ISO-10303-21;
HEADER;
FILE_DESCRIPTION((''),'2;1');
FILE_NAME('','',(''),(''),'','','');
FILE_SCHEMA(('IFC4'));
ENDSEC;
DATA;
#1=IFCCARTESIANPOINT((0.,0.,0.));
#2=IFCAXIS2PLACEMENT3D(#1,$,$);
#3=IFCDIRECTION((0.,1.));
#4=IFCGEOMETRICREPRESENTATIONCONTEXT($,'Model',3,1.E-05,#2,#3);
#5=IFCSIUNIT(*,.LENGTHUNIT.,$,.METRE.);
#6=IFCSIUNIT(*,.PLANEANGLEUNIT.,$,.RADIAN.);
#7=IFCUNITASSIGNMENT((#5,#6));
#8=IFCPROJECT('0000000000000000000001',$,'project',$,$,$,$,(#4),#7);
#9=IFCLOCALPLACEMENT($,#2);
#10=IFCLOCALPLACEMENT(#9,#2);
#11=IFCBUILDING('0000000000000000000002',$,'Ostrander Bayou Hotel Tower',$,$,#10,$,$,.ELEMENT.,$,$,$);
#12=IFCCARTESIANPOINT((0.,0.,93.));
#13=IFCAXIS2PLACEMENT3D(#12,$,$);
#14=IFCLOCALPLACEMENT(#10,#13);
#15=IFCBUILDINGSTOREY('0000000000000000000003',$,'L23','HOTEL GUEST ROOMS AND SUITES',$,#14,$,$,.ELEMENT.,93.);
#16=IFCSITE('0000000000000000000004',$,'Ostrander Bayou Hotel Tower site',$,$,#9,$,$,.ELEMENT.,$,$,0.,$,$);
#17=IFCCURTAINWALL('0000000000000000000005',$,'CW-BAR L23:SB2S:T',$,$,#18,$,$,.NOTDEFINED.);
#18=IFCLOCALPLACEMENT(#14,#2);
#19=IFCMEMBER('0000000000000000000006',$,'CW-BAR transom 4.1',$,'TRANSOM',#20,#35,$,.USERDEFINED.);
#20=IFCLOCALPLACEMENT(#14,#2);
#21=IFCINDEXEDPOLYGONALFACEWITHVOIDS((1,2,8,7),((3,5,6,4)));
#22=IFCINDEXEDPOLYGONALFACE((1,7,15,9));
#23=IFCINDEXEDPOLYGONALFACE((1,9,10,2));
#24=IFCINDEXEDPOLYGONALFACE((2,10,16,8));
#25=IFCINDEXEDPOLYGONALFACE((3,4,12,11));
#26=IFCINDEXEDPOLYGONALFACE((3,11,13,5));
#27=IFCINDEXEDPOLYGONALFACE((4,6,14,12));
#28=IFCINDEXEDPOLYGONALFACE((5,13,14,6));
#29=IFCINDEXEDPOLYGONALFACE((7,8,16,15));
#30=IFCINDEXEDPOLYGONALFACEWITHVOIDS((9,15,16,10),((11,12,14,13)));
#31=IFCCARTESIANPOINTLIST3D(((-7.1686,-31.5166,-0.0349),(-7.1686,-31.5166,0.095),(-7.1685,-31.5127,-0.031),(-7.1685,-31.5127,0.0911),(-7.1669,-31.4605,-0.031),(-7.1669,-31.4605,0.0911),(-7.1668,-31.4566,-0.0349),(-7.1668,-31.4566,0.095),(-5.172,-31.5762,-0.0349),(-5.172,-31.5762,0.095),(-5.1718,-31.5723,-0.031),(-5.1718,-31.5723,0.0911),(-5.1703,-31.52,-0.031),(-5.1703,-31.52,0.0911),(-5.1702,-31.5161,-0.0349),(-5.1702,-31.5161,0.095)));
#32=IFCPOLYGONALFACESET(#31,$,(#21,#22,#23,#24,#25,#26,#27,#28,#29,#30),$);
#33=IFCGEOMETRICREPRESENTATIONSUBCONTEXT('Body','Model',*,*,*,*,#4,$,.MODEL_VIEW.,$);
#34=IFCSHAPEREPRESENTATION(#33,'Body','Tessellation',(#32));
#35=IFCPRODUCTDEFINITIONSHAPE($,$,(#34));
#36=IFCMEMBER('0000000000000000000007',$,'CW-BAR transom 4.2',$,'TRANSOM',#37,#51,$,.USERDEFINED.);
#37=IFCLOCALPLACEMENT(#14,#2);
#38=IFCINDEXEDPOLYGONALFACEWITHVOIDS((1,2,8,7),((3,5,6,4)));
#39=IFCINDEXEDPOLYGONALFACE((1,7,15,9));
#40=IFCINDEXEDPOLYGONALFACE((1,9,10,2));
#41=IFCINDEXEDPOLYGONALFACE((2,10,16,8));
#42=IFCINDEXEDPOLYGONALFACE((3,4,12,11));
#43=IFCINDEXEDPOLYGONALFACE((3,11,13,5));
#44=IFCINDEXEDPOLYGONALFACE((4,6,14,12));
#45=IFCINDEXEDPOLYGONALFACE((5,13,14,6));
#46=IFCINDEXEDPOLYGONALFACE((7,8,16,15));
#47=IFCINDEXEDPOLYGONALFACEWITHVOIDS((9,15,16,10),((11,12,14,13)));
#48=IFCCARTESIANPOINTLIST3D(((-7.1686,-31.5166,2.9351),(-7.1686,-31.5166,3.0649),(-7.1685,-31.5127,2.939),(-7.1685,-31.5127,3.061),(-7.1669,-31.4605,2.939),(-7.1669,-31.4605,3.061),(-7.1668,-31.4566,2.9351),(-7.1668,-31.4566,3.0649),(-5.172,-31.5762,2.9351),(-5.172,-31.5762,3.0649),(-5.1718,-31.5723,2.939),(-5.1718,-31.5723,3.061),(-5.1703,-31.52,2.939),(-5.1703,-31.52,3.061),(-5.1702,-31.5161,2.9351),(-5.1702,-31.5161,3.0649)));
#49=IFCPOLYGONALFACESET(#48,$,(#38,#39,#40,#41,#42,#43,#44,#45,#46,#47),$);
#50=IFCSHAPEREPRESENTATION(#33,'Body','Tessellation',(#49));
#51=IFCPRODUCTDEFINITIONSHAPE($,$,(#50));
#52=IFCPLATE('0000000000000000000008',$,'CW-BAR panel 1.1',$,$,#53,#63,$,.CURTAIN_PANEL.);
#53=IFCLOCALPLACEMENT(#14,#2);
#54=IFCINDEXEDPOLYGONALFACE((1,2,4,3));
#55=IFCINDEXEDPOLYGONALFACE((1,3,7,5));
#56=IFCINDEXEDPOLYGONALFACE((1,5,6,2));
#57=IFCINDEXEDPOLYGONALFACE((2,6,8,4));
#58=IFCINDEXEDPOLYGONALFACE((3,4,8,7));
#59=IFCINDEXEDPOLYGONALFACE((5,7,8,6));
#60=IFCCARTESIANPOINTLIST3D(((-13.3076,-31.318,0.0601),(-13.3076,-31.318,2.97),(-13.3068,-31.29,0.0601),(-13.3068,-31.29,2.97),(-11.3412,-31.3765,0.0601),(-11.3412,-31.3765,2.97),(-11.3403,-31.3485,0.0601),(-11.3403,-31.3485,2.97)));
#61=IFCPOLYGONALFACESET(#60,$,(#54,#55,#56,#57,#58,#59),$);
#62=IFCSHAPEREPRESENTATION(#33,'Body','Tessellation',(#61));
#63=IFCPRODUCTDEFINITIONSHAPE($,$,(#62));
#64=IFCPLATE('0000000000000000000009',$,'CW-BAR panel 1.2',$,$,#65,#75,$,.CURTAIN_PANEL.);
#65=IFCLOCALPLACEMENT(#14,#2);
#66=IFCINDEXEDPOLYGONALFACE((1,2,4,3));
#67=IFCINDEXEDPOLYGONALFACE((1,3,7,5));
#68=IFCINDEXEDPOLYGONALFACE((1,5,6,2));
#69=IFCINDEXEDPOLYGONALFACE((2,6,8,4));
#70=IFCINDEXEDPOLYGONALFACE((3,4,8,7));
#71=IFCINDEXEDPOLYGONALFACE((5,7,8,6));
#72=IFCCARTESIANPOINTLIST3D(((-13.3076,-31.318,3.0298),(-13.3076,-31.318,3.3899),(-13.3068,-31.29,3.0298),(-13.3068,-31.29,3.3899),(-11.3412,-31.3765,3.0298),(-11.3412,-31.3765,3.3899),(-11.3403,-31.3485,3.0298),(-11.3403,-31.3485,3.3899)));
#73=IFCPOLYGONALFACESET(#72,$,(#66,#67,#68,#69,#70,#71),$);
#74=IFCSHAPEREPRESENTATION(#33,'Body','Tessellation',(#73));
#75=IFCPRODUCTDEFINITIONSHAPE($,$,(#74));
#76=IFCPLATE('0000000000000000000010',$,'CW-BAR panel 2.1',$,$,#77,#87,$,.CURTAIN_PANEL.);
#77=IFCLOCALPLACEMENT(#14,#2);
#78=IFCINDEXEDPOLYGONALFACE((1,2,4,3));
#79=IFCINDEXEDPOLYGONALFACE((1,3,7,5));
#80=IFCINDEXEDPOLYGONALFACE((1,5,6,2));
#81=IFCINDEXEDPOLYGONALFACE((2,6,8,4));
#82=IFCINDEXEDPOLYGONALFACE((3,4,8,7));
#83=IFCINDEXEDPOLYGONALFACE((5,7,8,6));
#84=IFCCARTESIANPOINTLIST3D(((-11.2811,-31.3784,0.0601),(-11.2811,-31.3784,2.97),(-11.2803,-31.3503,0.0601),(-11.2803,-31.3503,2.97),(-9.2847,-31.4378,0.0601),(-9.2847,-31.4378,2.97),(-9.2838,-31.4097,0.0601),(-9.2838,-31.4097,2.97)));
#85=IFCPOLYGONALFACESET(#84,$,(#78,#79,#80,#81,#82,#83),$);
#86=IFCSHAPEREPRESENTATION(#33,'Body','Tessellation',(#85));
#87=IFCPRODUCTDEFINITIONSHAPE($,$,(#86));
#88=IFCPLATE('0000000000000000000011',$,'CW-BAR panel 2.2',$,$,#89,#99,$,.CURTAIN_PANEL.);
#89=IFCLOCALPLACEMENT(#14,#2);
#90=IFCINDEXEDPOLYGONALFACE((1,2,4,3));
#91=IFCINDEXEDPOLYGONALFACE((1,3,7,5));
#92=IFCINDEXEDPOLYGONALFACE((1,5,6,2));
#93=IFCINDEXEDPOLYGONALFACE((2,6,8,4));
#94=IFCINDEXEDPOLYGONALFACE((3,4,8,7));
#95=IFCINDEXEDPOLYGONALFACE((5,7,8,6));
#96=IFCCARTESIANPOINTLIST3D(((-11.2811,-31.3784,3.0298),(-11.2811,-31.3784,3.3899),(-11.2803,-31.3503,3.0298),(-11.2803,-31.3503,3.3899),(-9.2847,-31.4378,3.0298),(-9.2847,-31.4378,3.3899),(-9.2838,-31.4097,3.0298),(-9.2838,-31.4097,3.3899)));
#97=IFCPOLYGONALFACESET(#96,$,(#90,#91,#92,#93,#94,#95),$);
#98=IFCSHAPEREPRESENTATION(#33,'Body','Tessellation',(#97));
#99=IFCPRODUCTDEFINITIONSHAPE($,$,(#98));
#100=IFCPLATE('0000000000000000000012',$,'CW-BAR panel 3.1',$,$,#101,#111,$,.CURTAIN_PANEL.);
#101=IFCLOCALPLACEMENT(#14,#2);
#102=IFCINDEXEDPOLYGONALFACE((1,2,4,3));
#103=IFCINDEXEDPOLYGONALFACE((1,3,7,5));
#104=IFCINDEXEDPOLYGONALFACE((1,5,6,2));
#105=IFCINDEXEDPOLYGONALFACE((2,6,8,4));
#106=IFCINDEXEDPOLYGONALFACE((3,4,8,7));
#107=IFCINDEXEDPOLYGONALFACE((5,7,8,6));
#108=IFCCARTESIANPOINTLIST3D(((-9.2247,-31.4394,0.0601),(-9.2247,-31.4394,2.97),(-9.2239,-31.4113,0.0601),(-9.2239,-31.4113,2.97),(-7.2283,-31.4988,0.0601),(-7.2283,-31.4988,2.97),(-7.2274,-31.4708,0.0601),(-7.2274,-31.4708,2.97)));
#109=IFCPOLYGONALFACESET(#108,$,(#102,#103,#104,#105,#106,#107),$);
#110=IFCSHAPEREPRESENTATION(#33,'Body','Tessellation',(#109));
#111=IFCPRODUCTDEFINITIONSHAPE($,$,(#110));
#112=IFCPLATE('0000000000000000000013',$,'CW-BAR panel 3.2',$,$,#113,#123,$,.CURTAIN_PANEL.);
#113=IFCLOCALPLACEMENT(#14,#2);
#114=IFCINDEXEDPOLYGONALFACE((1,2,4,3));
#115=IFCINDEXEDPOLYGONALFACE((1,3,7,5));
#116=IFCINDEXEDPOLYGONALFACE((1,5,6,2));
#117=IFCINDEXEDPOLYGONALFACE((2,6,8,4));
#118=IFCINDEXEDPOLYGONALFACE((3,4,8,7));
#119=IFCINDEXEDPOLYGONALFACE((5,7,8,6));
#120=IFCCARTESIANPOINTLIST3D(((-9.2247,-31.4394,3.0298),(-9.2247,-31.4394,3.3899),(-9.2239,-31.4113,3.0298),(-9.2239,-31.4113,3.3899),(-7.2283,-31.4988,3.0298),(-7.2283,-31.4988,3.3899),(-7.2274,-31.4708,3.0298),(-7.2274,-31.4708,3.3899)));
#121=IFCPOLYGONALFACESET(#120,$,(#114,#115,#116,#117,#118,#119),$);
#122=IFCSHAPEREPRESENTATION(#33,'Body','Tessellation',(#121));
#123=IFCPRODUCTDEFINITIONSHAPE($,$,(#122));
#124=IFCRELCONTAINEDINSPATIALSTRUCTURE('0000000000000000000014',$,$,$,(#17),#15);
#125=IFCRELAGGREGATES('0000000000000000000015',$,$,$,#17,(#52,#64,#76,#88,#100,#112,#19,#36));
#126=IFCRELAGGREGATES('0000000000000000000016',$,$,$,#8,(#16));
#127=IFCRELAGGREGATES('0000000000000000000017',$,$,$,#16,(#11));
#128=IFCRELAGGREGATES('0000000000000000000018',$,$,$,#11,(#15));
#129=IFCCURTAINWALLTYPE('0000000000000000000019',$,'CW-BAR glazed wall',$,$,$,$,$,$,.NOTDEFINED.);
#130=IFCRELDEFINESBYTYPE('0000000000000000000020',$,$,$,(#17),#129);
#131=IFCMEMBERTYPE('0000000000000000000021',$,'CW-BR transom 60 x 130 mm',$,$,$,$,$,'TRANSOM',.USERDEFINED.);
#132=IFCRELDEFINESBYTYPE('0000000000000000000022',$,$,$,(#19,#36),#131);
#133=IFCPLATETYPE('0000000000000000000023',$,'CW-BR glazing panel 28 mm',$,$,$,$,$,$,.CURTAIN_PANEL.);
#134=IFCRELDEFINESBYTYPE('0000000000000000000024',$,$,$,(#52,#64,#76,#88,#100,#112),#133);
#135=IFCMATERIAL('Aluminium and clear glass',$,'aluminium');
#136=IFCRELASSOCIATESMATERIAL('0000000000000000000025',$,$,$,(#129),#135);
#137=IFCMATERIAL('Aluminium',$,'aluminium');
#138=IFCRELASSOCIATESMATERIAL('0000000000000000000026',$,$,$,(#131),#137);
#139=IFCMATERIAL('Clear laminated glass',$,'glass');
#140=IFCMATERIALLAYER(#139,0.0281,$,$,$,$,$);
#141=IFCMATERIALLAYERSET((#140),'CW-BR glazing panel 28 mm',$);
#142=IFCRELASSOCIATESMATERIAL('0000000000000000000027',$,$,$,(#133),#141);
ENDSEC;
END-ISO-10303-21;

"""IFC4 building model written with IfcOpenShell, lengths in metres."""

from ifc_helpers import new_model, si_unit, direction, frame, origin, origin_2d, place, context, subcontext, project, spatial, rectangle, hollow_rectangle, extrude, material, layer, layer_set, material_profile, profile_set, type_object, element, aggregate, save


model = new_model("IFC4")

# Units and contexts
model_context = context("Model", 3, precision=1e-05, world=origin(), true_north=direction((0.0, 1.0)))
body_context = subcontext(model_context, "Body", "Model", "MODEL_VIEW")
ifc_project = project(units=[si_unit("LENGTHUNIT", "METRE"), si_unit("PLANEANGLEUNIT", "RADIAN")], contexts=[model_context])

# Site, building, storey
site_placement = place(None, origin())
site = spatial("IfcSite", under=ifc_project, at=site_placement, Name="Ostrander Bayou Hotel Tower site", CompositionType="ELEMENT", RefElevation=0.0)
building_placement = place(site_placement, origin())
building = spatial("IfcBuilding", under=site, at=building_placement, Name="Ostrander Bayou Hotel Tower", CompositionType="ELEMENT")
storey_placement = place(building_placement, frame((0.0, 0.0, 93.0)))
storey = spatial("IfcBuildingStorey", under=building, at=storey_placement, Name="L23", Description="HOTEL GUEST ROOMS AND SUITES", CompositionType="ELEMENT", Elevation=93.0)

# Curtain wall, members, plates
ifc_material_1 = material(Name="Aluminium and clear glass", Category="aluminium")
curtain_wall_type = type_object("IfcCurtainWallType", Name="CW-BAR glazed wall", PredefinedType="NOTDEFINED", material=ifc_material_1)
curtain_wall_placement = place(storey_placement, origin())
curtain_wall = element("IfcCurtainWall", 1, at=curtain_wall_placement, inside=storey, type_object=curtain_wall_type, Name="CW-BAR L23:SB2S:T", PredefinedType="NOTDEFINED")
ifc_material_2 = material(Name="Aluminium", Category="aluminium")
ifc_material_profile_1 = material_profile(ifc_material_2, hollow_rectangle(XDim=0.0601, YDim=0.1299, WallThickness=0.0039, at=origin_2d()))
ifc_profile_set_1 = profile_set([ifc_material_profile_1], Name="Aluminium")
member_type_1 = type_object("IfcMemberType", Name="CW-BR transom 60 x 130 mm", ElementType="TRANSOM", PredefinedType="USERDEFINED", material=ifc_profile_set_1)
member_1_placement = place(storey_placement, frame((-7.1677, -31.4866, 0.03), z_axis=(0.999555, -0.029823, 0.0), x_axis=(0.029823, 0.999555, 0.0)))
member_1 = element("IfcMember", 2, at=member_1_placement, type_object=member_type_1, Name="CW-BAR transom 4.1", ObjectType="TRANSOM", PredefinedType="USERDEFINED", context=body_context, shape_type="SweptSolid", body=[
    extrude(hollow_rectangle(XDim=0.0601, YDim=0.1299, WallThickness=0.0039, at=origin_2d()), origin(), (0.0, 0.0, 1.0), 1.9976),
])
member_2_placement = place(storey_placement, frame((-7.1677, -31.4866, 3.0), z_axis=(0.999555, -0.029823, 0.0), x_axis=(0.029823, 0.999555, 0.0)))
member_2 = element("IfcMember", 3, at=member_2_placement, type_object=member_type_1, Name="CW-BAR transom 4.2", ObjectType="TRANSOM", PredefinedType="USERDEFINED", context=body_context, shape_type="SweptSolid", body=[
    extrude(hollow_rectangle(XDim=0.0601, YDim=0.1299, WallThickness=0.0039, at=origin_2d()), origin(), (0.0, 0.0, 1.0), 1.9976),
])
ifc_material_3 = material(Name="Clear laminated glass", Category="glass")
ifc_layer = layer(ifc_material_3, 0.0281)
ifc_layer_set = layer_set([ifc_layer], Name="CW-BR glazing panel 28 mm")
plate_type = type_object("IfcPlateType", Name="CW-BR glazing panel 28 mm", PredefinedType="CURTAIN_PANEL", material=ifc_layer_set)
plate_1_placement = place(storey_placement, frame((-12.324, -31.3333, 0.0601), z_axis=(0.0, 0.0, 1.0), x_axis=(0.999557, -0.029746, 0.0)))
plate_1 = element("IfcPlate", 4, at=plate_1_placement, type_object=plate_type, Name="CW-BAR panel 1.1", PredefinedType="CURTAIN_PANEL", context=body_context, shape_type="SweptSolid", body=[
    extrude(rectangle(XDim=1.9673, YDim=0.0281, at=origin_2d()), origin(), (0.0, 0.0, 1.0), 2.9099),
])
plate_2_placement = place(storey_placement, frame((-12.324, -31.3333, 3.0298), z_axis=(0.0, 0.0, 1.0), x_axis=(0.999557, -0.029746, 0.0)))
plate_2 = element("IfcPlate", 5, at=plate_2_placement, type_object=plate_type, Name="CW-BAR panel 1.2", PredefinedType="CURTAIN_PANEL", context=body_context, shape_type="SweptSolid", body=[
    extrude(rectangle(XDim=1.9673, YDim=0.0281, at=origin_2d()), origin(), (0.0, 0.0, 1.0), 0.3601),
])
plate_3_placement = place(storey_placement, frame((-10.2825, -31.394, 0.0601), z_axis=(0.0, 0.0, 1.0), x_axis=(0.999557, -0.029746, 0.0)))
plate_3 = element("IfcPlate", 6, at=plate_3_placement, type_object=plate_type, Name="CW-BAR panel 2.1", PredefinedType="CURTAIN_PANEL", context=body_context, shape_type="SweptSolid", body=[
    extrude(rectangle(XDim=1.9973, YDim=0.0281, at=origin_2d()), origin(), (0.0, 0.0, 1.0), 2.9099),
])
plate_4_placement = place(storey_placement, frame((-10.2825, -31.394, 3.0298), z_axis=(0.0, 0.0, 1.0), x_axis=(0.999557, -0.029746, 0.0)))
plate_4 = element("IfcPlate", 7, at=plate_4_placement, type_object=plate_type, Name="CW-BAR panel 2.2", PredefinedType="CURTAIN_PANEL", context=body_context, shape_type="SweptSolid", body=[
    extrude(rectangle(XDim=1.9973, YDim=0.0281, at=origin_2d()), origin(), (0.0, 0.0, 1.0), 0.3601),
])
plate_5_placement = place(storey_placement, frame((-8.2261, -31.4551, 0.0601), z_axis=(0.0, 0.0, 1.0), x_axis=(0.999557, -0.029746, 0.0)))
plate_5 = element("IfcPlate", 8, at=plate_5_placement, type_object=plate_type, Name="CW-BAR panel 3.1", PredefinedType="CURTAIN_PANEL", context=body_context, shape_type="SweptSolid", body=[
    extrude(rectangle(XDim=1.9973, YDim=0.0281, at=origin_2d()), origin(), (0.0, 0.0, 1.0), 2.9099),
])
plate_6_placement = place(storey_placement, frame((-8.2261, -31.4551, 3.0298), z_axis=(0.0, 0.0, 1.0), x_axis=(0.999557, -0.029746, 0.0)))
plate_6 = element("IfcPlate", 9, at=plate_6_placement, type_object=plate_type, Name="CW-BAR panel 3.2", PredefinedType="CURTAIN_PANEL", context=body_context, shape_type="SweptSolid", body=[
    extrude(rectangle(XDim=1.9973, YDim=0.0281, at=origin_2d()), origin(), (0.0, 0.0, 1.0), 0.3601),
])
aggregate(curtain_wall, [plate_1, plate_2, plate_3, plate_4, plate_5, plate_6, member_1, member_2])

save(model, "model.ifc")
